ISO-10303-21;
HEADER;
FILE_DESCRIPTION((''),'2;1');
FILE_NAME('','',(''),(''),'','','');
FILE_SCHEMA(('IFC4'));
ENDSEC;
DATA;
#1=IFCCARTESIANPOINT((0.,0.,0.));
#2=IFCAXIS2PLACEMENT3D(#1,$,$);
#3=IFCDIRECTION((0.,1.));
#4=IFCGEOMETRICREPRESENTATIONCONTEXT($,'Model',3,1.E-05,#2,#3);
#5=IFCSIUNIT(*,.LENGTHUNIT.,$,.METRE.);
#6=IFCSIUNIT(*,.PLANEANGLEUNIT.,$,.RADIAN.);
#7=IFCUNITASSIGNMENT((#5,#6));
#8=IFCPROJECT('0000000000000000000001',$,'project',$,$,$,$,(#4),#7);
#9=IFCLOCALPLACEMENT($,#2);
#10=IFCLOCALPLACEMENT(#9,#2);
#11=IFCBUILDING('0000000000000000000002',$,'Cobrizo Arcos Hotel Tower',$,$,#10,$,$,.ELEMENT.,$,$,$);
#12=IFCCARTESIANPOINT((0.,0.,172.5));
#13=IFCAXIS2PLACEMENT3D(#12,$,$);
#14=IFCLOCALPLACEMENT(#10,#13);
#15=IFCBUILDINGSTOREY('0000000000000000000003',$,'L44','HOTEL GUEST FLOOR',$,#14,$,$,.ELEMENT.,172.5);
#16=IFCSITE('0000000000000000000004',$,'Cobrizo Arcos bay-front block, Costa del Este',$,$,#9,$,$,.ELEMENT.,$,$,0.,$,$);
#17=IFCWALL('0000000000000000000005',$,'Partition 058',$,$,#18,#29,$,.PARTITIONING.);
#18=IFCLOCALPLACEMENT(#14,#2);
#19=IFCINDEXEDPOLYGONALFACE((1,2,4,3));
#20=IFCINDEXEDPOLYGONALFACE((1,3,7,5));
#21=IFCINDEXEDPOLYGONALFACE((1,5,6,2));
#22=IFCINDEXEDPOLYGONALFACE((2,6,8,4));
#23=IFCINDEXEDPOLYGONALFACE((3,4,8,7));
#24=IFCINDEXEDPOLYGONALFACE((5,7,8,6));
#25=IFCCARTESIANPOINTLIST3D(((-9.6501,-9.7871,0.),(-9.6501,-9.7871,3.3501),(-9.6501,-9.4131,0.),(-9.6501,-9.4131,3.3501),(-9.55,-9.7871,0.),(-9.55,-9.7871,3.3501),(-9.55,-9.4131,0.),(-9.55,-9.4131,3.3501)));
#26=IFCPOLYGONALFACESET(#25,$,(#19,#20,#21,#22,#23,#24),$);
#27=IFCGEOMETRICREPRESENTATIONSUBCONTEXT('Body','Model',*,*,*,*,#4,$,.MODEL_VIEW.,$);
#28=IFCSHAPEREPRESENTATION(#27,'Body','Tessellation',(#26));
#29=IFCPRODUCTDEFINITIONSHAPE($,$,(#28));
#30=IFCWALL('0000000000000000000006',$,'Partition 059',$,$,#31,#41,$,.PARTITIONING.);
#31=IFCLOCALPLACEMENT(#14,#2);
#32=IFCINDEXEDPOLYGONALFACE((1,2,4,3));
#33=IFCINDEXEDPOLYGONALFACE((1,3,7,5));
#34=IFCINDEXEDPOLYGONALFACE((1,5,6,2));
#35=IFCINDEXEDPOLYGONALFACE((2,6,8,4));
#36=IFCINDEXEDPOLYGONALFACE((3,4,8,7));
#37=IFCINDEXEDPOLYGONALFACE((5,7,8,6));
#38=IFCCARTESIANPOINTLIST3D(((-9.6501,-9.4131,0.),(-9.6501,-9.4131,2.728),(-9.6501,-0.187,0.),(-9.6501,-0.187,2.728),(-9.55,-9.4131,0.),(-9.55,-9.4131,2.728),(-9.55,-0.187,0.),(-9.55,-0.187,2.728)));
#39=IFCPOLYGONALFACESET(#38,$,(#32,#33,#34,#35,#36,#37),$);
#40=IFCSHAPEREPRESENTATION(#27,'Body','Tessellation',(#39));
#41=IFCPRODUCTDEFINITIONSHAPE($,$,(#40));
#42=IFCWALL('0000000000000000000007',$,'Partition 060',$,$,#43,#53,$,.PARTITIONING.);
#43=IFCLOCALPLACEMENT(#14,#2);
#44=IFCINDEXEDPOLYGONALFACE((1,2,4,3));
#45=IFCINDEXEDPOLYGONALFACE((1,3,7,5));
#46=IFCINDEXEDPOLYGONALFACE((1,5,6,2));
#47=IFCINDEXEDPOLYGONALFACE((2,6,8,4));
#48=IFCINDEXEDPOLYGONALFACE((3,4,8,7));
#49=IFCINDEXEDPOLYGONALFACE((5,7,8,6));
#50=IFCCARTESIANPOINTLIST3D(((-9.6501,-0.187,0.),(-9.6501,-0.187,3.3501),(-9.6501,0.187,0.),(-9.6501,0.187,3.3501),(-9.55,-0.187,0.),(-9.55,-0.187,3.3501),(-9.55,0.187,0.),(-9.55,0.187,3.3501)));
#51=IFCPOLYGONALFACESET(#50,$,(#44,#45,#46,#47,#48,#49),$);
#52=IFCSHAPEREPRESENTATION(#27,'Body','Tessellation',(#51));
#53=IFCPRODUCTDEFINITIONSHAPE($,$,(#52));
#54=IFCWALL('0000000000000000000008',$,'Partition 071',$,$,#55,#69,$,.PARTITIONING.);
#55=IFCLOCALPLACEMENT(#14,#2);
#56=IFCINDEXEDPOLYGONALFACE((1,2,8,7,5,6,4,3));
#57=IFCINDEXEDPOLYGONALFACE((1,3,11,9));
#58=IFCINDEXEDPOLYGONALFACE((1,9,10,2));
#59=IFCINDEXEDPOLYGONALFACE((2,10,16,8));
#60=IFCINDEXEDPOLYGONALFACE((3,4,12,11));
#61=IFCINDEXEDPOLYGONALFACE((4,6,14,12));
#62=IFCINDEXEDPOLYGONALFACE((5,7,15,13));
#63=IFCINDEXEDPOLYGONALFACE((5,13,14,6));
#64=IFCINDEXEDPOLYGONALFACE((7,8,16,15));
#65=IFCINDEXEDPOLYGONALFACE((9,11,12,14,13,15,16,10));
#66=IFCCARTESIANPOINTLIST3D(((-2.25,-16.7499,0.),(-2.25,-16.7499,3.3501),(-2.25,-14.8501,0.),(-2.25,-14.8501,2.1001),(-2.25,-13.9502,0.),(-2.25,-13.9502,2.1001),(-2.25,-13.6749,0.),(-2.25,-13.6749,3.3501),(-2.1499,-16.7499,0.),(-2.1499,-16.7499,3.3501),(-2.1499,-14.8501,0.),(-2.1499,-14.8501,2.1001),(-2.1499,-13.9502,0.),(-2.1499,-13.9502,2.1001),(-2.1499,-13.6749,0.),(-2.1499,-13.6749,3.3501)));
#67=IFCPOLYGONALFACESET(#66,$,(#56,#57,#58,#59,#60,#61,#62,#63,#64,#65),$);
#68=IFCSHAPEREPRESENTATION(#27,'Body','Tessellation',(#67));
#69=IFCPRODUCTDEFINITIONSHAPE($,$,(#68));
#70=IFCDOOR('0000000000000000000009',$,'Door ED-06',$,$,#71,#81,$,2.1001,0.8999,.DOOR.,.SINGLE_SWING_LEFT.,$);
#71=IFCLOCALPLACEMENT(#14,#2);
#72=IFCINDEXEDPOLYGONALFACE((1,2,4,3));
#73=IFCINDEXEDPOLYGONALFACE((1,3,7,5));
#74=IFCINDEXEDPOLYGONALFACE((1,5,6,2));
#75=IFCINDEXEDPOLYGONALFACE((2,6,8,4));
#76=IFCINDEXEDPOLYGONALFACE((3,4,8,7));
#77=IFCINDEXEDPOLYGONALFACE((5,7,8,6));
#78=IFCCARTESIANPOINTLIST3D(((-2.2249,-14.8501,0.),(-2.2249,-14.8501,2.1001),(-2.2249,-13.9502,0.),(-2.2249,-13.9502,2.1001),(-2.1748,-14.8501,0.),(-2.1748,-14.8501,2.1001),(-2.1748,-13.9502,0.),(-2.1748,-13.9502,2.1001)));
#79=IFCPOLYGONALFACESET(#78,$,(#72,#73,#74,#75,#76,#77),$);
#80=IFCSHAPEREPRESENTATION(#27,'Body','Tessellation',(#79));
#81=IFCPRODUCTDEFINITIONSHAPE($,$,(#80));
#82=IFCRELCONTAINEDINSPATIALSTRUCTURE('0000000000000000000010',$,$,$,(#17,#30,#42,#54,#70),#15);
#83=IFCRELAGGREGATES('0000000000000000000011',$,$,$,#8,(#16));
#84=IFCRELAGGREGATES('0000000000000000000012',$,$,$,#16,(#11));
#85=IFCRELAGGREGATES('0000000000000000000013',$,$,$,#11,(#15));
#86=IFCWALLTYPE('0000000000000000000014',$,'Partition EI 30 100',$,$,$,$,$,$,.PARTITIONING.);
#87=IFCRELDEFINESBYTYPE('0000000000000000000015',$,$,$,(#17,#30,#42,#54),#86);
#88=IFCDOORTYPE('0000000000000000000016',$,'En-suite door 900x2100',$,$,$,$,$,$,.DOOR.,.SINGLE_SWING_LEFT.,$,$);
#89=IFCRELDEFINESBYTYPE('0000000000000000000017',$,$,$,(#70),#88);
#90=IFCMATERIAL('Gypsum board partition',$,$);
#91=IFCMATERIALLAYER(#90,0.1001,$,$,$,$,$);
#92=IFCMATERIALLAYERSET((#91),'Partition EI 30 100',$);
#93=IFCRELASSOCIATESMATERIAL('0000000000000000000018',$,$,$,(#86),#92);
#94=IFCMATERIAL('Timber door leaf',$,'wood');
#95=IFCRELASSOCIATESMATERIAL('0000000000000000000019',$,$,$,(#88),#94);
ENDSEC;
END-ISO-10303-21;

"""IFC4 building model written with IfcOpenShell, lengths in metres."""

from ifc_helpers import new_model, si_unit, direction, frame, frame_2d, origin, place, context, subcontext, project, spatial, rectangle, extrude, material, layer, layer_set, type_object, element, fill, save


model = new_model("IFC4")

# Units and contexts
model_context = context("Model", 3, precision=1e-05, world=origin(), true_north=direction((0.0, 1.0)))
body_context = subcontext(model_context, "Body", "Model", "MODEL_VIEW")
ifc_project = project(units=[si_unit("LENGTHUNIT", "METRE"), si_unit("PLANEANGLEUNIT", "RADIAN")], contexts=[model_context])

# Site, building, storey
site_placement = place(None, origin())
site = spatial("IfcSite", under=ifc_project, at=site_placement, Name="Cobrizo Arcos bay-front block, Costa del Este", CompositionType="ELEMENT", RefElevation=0.0)
building_placement = place(site_placement, origin())
building = spatial("IfcBuilding", under=site, at=building_placement, Name="Cobrizo Arcos Hotel Tower", CompositionType="ELEMENT")
storey_placement = place(building_placement, frame((0.0, 0.0, 172.5)))
storey = spatial("IfcBuildingStorey", under=building, at=storey_placement, Name="L44", Description="HOTEL GUEST FLOOR", CompositionType="ELEMENT", Elevation=172.5)

# Shared definitions
ifc_material_1 = material(Name="Gypsum board partition")
ifc_layer = layer(ifc_material_1, 0.1001)
ifc_layer_set = layer_set([ifc_layer], Name="Partition EI 30 100")
wall_type = type_object("IfcWallType", Name="Partition EI 30 100", PredefinedType="PARTITIONING", material=ifc_layer_set)
ifc_material_2 = material(Name="Timber door leaf", Category="wood")
door_type = type_object("IfcDoorType", Name="En-suite door 900x2100", OperationType="SINGLE_SWING_LEFT", PredefinedType="DOOR", material=ifc_material_2)

# Walls
wall_1_placement = place(storey_placement, frame((-9.6001, -9.7871, 0.0), z_axis=(0.0, 0.0, 1.0), x_axis=(0.0, 1.0, 0.0)))
element("IfcWall", 1, at=wall_1_placement, inside=storey, type_object=wall_type, Name="Partition 058", PredefinedType="PARTITIONING", context=body_context, shape_type="SweptSolid", body=[
    extrude(rectangle(XDim=0.374, YDim=0.1001, at=frame_2d((0.187, 0.0))), origin(), (0.0, 0.0, 1.0), 3.3501),
])
wall_2_placement = place(storey_placement, frame((-9.6001, -9.4131, 0.0), z_axis=(0.0, 0.0, 1.0), x_axis=(0.0, 1.0, 0.0)))
element("IfcWall", 2, at=wall_2_placement, inside=storey, type_object=wall_type, Name="Partition 059", PredefinedType="PARTITIONING", context=body_context, shape_type="SweptSolid", body=[
    extrude(rectangle(XDim=9.2261, YDim=0.1001, at=frame_2d((4.613, 0.0))), origin(), (0.0, 0.0, 1.0), 2.728),
])
wall_3_placement = place(storey_placement, frame((-9.6001, -0.187, 0.0), z_axis=(0.0, 0.0, 1.0), x_axis=(0.0, 1.0, 0.0)))
element("IfcWall", 3, at=wall_3_placement, inside=storey, type_object=wall_type, Name="Partition 060", PredefinedType="PARTITIONING", context=body_context, shape_type="SweptSolid", body=[
    extrude(rectangle(XDim=0.374, YDim=0.1001, at=frame_2d((0.187, 0.0))), origin(), (0.0, 0.0, 1.0), 3.3501),
])

# Wall, opening, door
wall_4_placement = place(storey_placement, frame((-2.2, -16.75, 0.0), z_axis=(0.0, 0.0, 1.0), x_axis=(0.0, 1.0, 0.0)))
wall_4 = element("IfcWall", 4, at=wall_4_placement, inside=storey, type_object=wall_type, Name="Partition 071", PredefinedType="PARTITIONING", context=body_context, shape_type="SweptSolid", body=[
    extrude(rectangle(XDim=3.075, YDim=0.1001, at=frame_2d((1.5376, 0.0))), origin(), (0.0, 0.0, 1.0), 3.3501),
])
opening_1_placement = place(wall_4_placement, frame((1.8999, 0.0, 0.0)))
opening_1 = element("IfcOpeningElement", 5, at=opening_1_placement, cuts=wall_4, PredefinedType="OPENING", context=body_context, shape_type="SweptSolid", body=[
    extrude(rectangle(XDim=0.8999, YDim=2.1001, at=frame_2d((0.45, 1.05))), frame((0.0, 0.062, 0.0), z_axis=(0.0, -1.0, 0.0), x_axis=(1.0, 0.0, 0.0)), (0.0, 0.0, 1.0), 0.124),
])
door_1_placement = place(opening_1_placement, origin())
door_1 = element("IfcDoor", 6, at=door_1_placement, inside=storey, type_object=door_type, Name="Door ED-06", OperationType="SINGLE_SWING_LEFT", OverallHeight=2.1001, OverallWidth=0.8999, PredefinedType="DOOR", context=body_context, shape_type="SweptSolid", body=[
    extrude(rectangle(XDim=0.8999, YDim=2.1001, at=frame_2d((0.45, 1.05))), frame((0.0, 0.0249, 0.0), z_axis=(0.0, -1.0, 0.0), x_axis=(1.0, 0.0, 0.0)), (0.0, 0.0, 1.0), 0.05),
])
fill(opening_1, door_1)

save(model, "model.ifc")
